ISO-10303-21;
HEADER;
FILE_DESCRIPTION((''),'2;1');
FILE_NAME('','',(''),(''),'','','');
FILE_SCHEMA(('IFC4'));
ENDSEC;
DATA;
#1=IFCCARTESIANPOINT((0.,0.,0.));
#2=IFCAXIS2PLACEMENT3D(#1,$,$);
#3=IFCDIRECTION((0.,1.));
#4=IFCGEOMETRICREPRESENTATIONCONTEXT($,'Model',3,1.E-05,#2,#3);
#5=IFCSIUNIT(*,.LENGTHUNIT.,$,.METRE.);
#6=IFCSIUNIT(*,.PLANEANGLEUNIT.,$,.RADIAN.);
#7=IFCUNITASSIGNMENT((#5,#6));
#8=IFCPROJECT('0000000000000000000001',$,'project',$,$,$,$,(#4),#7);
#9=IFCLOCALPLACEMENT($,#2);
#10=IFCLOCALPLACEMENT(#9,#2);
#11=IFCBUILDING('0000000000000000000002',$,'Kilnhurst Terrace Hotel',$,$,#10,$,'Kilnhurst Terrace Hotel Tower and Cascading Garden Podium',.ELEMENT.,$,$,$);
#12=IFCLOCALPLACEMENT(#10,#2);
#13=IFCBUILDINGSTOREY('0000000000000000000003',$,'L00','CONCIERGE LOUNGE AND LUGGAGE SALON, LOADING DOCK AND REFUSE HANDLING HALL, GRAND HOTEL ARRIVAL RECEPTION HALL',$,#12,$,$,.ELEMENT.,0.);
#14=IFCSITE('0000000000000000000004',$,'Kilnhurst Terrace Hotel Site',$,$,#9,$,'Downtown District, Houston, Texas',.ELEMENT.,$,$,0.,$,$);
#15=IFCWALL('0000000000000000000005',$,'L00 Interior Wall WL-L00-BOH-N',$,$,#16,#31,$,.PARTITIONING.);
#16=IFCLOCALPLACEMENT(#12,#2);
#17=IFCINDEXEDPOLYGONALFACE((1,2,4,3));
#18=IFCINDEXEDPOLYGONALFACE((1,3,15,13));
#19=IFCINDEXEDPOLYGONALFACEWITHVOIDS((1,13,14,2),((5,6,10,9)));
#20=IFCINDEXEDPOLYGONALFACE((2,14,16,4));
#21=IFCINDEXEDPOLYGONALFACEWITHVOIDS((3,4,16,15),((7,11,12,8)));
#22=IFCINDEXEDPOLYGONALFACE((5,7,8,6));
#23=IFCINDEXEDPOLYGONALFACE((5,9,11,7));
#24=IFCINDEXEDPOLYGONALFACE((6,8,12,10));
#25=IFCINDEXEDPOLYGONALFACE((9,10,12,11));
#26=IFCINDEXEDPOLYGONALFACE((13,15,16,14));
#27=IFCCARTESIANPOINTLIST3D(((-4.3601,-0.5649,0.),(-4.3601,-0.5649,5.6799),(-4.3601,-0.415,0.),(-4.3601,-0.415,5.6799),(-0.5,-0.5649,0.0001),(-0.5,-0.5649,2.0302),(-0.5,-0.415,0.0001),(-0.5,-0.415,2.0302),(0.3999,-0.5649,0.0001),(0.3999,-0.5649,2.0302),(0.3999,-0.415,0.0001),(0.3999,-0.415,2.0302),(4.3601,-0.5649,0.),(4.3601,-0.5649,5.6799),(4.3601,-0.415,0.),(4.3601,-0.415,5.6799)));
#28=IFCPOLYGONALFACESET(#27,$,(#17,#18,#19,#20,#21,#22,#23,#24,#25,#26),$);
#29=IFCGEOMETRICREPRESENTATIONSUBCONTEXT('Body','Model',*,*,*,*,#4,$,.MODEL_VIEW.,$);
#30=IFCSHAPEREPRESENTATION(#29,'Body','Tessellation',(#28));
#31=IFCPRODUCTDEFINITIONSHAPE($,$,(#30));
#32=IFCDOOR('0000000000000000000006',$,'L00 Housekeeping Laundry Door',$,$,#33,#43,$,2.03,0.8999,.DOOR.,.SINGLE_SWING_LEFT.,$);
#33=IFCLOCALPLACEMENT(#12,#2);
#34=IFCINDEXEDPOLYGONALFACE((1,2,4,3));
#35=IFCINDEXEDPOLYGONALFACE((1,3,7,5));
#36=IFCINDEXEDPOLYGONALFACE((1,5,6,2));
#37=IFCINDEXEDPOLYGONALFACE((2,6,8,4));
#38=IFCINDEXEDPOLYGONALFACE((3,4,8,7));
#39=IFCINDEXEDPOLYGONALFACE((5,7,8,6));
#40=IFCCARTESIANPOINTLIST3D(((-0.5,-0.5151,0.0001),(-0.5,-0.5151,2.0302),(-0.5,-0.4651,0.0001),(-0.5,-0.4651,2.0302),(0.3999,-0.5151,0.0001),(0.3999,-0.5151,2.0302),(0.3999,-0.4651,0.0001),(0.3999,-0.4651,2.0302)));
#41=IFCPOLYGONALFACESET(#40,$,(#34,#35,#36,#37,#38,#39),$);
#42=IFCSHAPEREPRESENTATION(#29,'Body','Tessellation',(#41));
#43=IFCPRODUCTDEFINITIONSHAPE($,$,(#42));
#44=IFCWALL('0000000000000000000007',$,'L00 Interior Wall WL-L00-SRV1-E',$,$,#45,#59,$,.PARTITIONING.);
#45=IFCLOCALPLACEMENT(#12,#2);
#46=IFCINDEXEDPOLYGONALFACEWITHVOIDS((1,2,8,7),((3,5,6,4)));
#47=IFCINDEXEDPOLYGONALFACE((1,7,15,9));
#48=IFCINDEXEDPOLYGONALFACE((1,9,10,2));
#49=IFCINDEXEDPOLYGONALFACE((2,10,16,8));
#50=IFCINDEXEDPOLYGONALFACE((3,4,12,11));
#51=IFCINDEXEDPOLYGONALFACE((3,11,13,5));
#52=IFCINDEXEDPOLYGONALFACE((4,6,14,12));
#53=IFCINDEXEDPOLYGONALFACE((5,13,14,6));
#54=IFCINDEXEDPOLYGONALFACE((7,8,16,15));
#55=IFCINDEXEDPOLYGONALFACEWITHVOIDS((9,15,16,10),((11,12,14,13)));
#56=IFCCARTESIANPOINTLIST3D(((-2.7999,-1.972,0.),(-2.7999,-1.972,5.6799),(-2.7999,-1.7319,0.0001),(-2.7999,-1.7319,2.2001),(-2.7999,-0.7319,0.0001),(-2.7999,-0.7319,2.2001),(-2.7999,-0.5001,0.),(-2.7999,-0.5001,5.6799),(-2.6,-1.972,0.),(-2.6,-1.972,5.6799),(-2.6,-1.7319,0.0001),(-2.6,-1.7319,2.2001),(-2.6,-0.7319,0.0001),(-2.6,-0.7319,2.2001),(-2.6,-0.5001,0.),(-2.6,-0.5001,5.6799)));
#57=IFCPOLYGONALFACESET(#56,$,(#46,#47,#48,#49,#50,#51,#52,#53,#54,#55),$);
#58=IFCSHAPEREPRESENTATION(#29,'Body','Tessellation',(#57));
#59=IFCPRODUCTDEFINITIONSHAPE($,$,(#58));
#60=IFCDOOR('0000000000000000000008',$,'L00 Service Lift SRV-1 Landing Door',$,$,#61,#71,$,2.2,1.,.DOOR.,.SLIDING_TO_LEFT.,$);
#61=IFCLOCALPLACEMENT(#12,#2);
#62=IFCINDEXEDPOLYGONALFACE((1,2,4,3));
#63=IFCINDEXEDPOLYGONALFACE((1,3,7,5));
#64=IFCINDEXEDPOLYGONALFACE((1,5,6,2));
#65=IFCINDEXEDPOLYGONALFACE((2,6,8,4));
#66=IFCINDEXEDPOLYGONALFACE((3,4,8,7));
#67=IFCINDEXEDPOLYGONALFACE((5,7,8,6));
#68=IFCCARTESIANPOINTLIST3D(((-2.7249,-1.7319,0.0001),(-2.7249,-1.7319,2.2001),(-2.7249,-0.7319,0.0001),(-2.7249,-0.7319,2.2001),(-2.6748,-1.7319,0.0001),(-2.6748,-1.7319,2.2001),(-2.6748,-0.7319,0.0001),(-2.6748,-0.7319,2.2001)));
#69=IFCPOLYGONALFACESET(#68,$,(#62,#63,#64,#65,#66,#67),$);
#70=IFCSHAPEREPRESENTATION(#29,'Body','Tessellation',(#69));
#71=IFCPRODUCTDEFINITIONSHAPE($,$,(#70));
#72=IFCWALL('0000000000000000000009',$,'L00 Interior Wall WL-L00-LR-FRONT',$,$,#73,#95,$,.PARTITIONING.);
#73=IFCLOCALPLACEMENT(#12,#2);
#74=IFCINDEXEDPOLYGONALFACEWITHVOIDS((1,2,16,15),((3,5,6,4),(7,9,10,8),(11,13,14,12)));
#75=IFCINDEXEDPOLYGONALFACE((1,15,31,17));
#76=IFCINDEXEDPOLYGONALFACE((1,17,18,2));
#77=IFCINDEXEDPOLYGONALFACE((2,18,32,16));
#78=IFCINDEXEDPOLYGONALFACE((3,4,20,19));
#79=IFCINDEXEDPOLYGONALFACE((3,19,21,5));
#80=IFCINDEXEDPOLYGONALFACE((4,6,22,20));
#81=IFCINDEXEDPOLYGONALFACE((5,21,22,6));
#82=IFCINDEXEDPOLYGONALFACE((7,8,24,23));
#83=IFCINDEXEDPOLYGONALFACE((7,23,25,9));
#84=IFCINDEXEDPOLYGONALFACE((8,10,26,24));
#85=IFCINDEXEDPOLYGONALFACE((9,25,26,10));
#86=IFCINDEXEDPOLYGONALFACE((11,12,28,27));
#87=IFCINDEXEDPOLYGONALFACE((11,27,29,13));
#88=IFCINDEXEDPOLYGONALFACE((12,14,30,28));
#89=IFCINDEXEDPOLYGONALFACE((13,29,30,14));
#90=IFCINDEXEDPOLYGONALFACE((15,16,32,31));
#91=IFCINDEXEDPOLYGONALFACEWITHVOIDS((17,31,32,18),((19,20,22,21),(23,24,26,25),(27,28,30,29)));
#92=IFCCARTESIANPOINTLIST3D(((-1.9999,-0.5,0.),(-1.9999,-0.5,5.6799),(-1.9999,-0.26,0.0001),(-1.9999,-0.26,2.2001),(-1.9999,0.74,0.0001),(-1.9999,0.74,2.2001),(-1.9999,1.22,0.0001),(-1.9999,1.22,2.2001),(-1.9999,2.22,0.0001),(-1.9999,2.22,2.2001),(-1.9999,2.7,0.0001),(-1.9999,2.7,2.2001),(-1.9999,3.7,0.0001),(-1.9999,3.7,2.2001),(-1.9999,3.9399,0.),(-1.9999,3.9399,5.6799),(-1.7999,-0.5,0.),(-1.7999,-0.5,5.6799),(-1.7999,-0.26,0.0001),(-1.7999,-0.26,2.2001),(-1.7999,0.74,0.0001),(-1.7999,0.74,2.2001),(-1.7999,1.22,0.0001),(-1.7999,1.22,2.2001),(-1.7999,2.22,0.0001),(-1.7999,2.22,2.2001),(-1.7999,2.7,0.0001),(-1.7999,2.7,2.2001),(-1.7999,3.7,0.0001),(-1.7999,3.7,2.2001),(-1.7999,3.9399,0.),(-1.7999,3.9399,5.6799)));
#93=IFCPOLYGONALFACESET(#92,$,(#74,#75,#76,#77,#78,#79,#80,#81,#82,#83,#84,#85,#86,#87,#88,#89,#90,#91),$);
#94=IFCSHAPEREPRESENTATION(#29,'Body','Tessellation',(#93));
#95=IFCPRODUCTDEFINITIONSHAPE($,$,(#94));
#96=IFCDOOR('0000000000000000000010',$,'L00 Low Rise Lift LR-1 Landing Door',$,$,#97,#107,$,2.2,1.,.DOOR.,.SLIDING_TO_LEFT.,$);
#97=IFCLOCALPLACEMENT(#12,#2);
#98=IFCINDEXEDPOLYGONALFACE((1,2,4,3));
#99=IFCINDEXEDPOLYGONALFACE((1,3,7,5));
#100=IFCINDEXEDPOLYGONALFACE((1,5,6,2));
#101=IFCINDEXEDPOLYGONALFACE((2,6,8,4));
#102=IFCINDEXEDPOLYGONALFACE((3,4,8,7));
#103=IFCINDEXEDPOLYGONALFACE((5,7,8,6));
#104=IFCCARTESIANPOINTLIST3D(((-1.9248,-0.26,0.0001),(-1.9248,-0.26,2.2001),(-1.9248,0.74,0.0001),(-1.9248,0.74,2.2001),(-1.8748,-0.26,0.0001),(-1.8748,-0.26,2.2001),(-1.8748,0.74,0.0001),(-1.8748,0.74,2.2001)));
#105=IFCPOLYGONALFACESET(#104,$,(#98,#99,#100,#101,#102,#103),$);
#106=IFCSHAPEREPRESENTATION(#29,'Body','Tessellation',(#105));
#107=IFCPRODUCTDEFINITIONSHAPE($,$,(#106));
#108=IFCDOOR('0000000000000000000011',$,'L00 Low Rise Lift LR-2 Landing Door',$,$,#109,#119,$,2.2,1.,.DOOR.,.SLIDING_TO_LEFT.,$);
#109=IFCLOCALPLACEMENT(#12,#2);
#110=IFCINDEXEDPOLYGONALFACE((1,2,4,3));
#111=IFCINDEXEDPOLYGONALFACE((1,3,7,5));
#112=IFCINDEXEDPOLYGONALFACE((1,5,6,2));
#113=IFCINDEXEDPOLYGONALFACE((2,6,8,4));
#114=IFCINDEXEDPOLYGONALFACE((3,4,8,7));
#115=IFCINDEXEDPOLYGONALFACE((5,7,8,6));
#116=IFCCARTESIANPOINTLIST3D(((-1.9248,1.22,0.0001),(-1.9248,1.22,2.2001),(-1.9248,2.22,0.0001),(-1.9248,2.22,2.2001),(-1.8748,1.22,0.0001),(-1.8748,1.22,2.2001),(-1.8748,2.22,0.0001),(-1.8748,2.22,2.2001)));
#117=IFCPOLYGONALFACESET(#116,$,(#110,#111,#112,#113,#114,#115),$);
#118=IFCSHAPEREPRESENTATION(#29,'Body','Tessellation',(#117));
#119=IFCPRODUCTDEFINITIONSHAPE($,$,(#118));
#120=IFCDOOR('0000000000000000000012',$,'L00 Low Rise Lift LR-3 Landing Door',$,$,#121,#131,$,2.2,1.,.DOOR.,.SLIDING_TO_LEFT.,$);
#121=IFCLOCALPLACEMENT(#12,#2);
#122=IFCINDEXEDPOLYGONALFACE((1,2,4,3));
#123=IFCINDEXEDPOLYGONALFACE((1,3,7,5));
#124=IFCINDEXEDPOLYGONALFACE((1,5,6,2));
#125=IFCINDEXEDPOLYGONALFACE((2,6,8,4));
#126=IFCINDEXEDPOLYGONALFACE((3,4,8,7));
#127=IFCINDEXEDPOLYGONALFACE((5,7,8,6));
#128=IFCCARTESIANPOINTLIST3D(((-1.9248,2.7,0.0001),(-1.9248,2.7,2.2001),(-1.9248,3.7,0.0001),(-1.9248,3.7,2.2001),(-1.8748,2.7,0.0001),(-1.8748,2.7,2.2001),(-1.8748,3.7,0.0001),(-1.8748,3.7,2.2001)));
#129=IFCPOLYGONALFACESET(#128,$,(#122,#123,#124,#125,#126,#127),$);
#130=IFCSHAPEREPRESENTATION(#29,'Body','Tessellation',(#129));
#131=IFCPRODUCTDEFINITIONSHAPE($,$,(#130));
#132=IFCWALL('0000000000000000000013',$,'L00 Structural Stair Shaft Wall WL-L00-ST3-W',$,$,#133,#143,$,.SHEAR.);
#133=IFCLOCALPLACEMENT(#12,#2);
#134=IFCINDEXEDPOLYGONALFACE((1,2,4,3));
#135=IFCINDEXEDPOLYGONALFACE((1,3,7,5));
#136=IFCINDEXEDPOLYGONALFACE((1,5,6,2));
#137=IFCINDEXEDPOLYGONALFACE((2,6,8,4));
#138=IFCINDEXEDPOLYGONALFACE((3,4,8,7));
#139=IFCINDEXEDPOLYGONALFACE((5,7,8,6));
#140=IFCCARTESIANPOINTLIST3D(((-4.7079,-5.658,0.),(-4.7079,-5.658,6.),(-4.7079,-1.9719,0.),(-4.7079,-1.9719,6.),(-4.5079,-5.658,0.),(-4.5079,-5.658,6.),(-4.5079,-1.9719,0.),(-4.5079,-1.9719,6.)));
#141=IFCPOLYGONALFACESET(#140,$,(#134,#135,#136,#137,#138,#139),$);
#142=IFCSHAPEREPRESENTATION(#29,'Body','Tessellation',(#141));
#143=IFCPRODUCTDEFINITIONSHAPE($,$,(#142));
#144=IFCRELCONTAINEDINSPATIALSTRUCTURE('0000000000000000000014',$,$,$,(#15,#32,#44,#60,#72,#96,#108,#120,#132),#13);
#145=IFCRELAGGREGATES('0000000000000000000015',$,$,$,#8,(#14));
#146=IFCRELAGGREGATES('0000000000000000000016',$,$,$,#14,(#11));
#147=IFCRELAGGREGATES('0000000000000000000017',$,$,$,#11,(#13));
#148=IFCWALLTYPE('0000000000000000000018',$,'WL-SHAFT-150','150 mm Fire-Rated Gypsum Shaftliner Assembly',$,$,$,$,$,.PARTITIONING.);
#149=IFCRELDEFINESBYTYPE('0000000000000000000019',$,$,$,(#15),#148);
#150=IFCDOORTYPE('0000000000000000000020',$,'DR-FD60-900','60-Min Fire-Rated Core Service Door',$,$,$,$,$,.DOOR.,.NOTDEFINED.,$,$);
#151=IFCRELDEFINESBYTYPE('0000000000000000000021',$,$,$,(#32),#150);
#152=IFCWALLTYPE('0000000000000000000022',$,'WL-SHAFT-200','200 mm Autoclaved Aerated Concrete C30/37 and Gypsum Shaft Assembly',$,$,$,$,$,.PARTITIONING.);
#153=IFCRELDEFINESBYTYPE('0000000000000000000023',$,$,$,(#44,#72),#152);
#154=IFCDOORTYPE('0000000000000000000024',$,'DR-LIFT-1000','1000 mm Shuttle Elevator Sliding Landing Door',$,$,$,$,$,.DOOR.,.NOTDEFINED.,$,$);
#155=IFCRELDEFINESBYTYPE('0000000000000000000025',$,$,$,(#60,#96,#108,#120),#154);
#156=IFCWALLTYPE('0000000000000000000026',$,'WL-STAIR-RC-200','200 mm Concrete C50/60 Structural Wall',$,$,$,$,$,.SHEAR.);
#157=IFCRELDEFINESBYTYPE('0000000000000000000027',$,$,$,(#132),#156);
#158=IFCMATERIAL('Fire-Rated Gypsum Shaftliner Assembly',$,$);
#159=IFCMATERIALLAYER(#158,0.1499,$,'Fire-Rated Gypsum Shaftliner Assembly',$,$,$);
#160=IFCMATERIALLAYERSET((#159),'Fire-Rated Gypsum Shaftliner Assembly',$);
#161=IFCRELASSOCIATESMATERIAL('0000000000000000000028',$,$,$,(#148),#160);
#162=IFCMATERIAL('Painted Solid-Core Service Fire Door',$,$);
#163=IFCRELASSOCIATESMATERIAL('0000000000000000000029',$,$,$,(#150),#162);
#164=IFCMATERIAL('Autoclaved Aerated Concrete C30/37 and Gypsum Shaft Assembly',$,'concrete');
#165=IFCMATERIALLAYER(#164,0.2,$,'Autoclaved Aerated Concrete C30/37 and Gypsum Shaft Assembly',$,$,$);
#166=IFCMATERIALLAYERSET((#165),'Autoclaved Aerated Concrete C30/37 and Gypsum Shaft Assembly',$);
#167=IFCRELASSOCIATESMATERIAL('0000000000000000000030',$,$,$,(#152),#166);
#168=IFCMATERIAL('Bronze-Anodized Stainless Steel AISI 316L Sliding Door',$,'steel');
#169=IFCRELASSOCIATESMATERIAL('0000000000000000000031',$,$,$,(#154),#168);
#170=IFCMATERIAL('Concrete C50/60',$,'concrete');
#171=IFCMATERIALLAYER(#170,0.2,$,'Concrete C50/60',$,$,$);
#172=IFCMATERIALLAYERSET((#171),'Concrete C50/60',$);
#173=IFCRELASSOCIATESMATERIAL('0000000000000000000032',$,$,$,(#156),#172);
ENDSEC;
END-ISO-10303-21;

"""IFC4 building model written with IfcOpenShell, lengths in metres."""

from ifc_helpers import new_model, si_unit, direction, frame, frame_2d, origin, place, context, subcontext, project, spatial, rectangle, extrude, material, layer, layer_set, type_object, element, fill, save


model = new_model("IFC4")

# Units and contexts
model_context = context("Model", 3, precision=1e-05, world=origin(), true_north=direction((0.0, 1.0)))
body_context = subcontext(model_context, "Body", "Model", "MODEL_VIEW")
ifc_project = project(units=[si_unit("LENGTHUNIT", "METRE"), si_unit("PLANEANGLEUNIT", "RADIAN")], contexts=[model_context])

# Site, building, storey
site_placement = place(None, origin())
site = spatial("IfcSite", under=ifc_project, at=site_placement, Name="Kilnhurst Terrace Hotel Site", LongName="Downtown District, Houston, Texas", CompositionType="ELEMENT", RefElevation=0.0)
building_placement = place(site_placement, origin())
building = spatial("IfcBuilding", under=site, at=building_placement, Name="Kilnhurst Terrace Hotel", LongName="Kilnhurst Terrace Hotel Tower and Cascading Garden Podium", CompositionType="ELEMENT")
storey_placement = place(building_placement, origin())
storey = spatial("IfcBuildingStorey", under=building, at=storey_placement, Name="L00", Description="CONCIERGE LOUNGE AND LUGGAGE SALON, LOADING DOCK AND REFUSE HANDLING HALL, GRAND HOTEL ARRIVAL RECEPTION HALL", CompositionType="ELEMENT", Elevation=0.0)

# Shared definitions
ifc_material_1 = material(Name="Concrete C50/60", Category="concrete")

# Shared definitions
ifc_material_2 = material(Name="Fire-Rated Gypsum Shaftliner Assembly")
ifc_layer_1 = layer(ifc_material_2, 0.1499, Name="Fire-Rated Gypsum Shaftliner Assembly")
ifc_layer_set_1 = layer_set([ifc_layer_1], Name="Fire-Rated Gypsum Shaftliner Assembly")
wall_type_1 = type_object("IfcWallType", Name="WL-SHAFT-150", Description="150 mm Fire-Rated Gypsum Shaftliner Assembly", PredefinedType="PARTITIONING", material=ifc_layer_set_1)

# Walls, openings, doors
wall_1_placement = place(storey_placement, frame((-4.3601, -0.49, 0.0), z_axis=(0.0, 0.0, 1.0), x_axis=(1.0, 0.0, 0.0)))
wall_1 = element("IfcWall", 1, at=wall_1_placement, inside=storey, type_object=wall_type_1, Name="L00 Interior Wall WL-L00-BOH-N", PredefinedType="PARTITIONING", context=body_context, shape_type="SweptSolid", body=[
    extrude(rectangle(XDim=8.7202, YDim=0.1499, at=frame_2d((4.3601, 0.0))), origin(), (0.0, 0.0, 1.0), 5.6799),
])
opening_1_placement = place(wall_1_placement, frame((3.8601, 0.0, 0.0)))
opening_1 = element("IfcOpeningElement", 2, at=opening_1_placement, cuts=wall_1, PredefinedType="OPENING", context=body_context, shape_type="SweptSolid", body=[
    extrude(rectangle(XDim=0.8999, YDim=2.03, at=frame_2d((0.45, 1.0151))), frame((0.0, 0.085, 0.0), z_axis=(0.0, -1.0, 0.0), x_axis=(1.0, 0.0, 0.0)), (0.0, 0.0, 1.0), 0.1699),
])
ifc_material_3 = material(Name="Painted Solid-Core Service Fire Door")
door_type_1 = type_object("IfcDoorType", Name="DR-FD60-900", Description="60-Min Fire-Rated Core Service Door", OperationType="NOTDEFINED", PredefinedType="DOOR", material=ifc_material_3)
door_1_placement = place(opening_1_placement, origin())
door_1 = element("IfcDoor", 3, at=door_1_placement, inside=storey, type_object=door_type_1, Name="L00 Housekeeping Laundry Door", OperationType="SINGLE_SWING_LEFT", OverallHeight=2.03, OverallWidth=0.8999, PredefinedType="DOOR", context=body_context, shape_type="SweptSolid", body=[
    extrude(rectangle(XDim=0.8999, YDim=2.03, at=frame_2d((0.45, 1.0151))), frame((0.0, 0.0249, 0.0), z_axis=(0.0, -1.0, 0.0), x_axis=(1.0, 0.0, 0.0)), (0.0, 0.0, 1.0), 0.05),
])
fill(opening_1, door_1)
ifc_material_4 = material(Name="Autoclaved Aerated Concrete C30/37 and Gypsum Shaft Assembly", Category="concrete")
ifc_layer_2 = layer(ifc_material_4, 0.2, Name="Autoclaved Aerated Concrete C30/37 and Gypsum Shaft Assembly")
ifc_layer_set_2 = layer_set([ifc_layer_2], Name="Autoclaved Aerated Concrete C30/37 and Gypsum Shaft Assembly")
wall_type_2 = type_object("IfcWallType", Name="WL-SHAFT-200", Description="200 mm Autoclaved Aerated Concrete C30/37 and Gypsum Shaft Assembly", PredefinedType="PARTITIONING", material=ifc_layer_set_2)
wall_2_placement = place(storey_placement, frame((-2.7, -1.9719, 0.0), z_axis=(0.0, 0.0, 1.0), x_axis=(0.0, 1.0, 0.0)))
wall_2 = element("IfcWall", 4, at=wall_2_placement, inside=storey, type_object=wall_type_2, Name="L00 Interior Wall WL-L00-SRV1-E", PredefinedType="PARTITIONING", context=body_context, shape_type="SweptSolid", body=[
    extrude(rectangle(XDim=1.4719, YDim=0.2, at=frame_2d((0.7358, 0.0))), origin(), (0.0, 0.0, 1.0), 5.6799),
])
opening_2_placement = place(wall_2_placement, frame((0.24, 0.0, 0.0)))
opening_2 = element("IfcOpeningElement", 5, at=opening_2_placement, cuts=wall_2, PredefinedType="OPENING", context=body_context, shape_type="SweptSolid", body=[
    extrude(rectangle(XDim=1.0, YDim=2.2, at=frame_2d((0.5, 1.1001))), frame((0.0, 0.1099, 0.0), z_axis=(0.0, -1.0, 0.0), x_axis=(1.0, 0.0, 0.0)), (0.0, 0.0, 1.0), 0.22),
])
ifc_material_5 = material(Name="Bronze-Anodized Stainless Steel AISI 316L Sliding Door", Category="steel")
door_type_2 = type_object("IfcDoorType", Name="DR-LIFT-1000", Description="1000 mm Shuttle Elevator Sliding Landing Door", OperationType="NOTDEFINED", PredefinedType="DOOR", material=ifc_material_5)
door_2_placement = place(opening_2_placement, origin())
door_2 = element("IfcDoor", 6, at=door_2_placement, inside=storey, type_object=door_type_2, Name="L00 Service Lift SRV-1 Landing Door", OperationType="SLIDING_TO_LEFT", OverallHeight=2.2, OverallWidth=1.0, PredefinedType="DOOR", context=body_context, shape_type="SweptSolid", body=[
    extrude(rectangle(XDim=1.0, YDim=2.2, at=frame_2d((0.5, 1.1001))), frame((0.0, 0.0249, 0.0), z_axis=(0.0, -1.0, 0.0), x_axis=(1.0, 0.0, 0.0)), (0.0, 0.0, 1.0), 0.05),
])
fill(opening_2, door_2)

# Wall, openings, doors
wall_3_placement = place(storey_placement, frame((-1.8999, -0.5, 0.0), z_axis=(0.0, 0.0, 1.0), x_axis=(0.0, 1.0, 0.0)))
wall_3 = element("IfcWall", 7, at=wall_3_placement, inside=storey, type_object=wall_type_2, Name="L00 Interior Wall WL-L00-LR-FRONT", PredefinedType="PARTITIONING", context=body_context, shape_type="SweptSolid", body=[
    extrude(rectangle(XDim=4.4399, YDim=0.2, at=frame_2d((2.22, 0.0))), origin(), (0.0, 0.0, 1.0), 5.6799),
])
opening_3_placement = place(wall_3_placement, frame((0.24, 0.0, 0.0)))
opening_3 = element("IfcOpeningElement", 8, at=opening_3_placement, cuts=wall_3, PredefinedType="OPENING", context=body_context, shape_type="SweptSolid", body=[
    extrude(rectangle(XDim=1.0, YDim=2.2, at=frame_2d((0.5, 1.1001))), frame((0.0, 0.1099, 0.0), z_axis=(0.0, -1.0, 0.0), x_axis=(1.0, 0.0, 0.0)), (0.0, 0.0, 1.0), 0.22),
])
opening_4_placement = place(wall_3_placement, frame((1.72, 0.0, 0.0)))
opening_4 = element("IfcOpeningElement", 9, at=opening_4_placement, cuts=wall_3, PredefinedType="OPENING", context=body_context, shape_type="SweptSolid", body=[
    extrude(rectangle(XDim=1.0, YDim=2.2, at=frame_2d((0.5, 1.1001))), frame((0.0, 0.1099, 0.0), z_axis=(0.0, -1.0, 0.0), x_axis=(1.0, 0.0, 0.0)), (0.0, 0.0, 1.0), 0.22),
])
opening_5_placement = place(wall_3_placement, frame((3.2, 0.0, 0.0)))
opening_5 = element("IfcOpeningElement", 10, at=opening_5_placement, cuts=wall_3, PredefinedType="OPENING", context=body_context, shape_type="SweptSolid", body=[
    extrude(rectangle(XDim=1.0, YDim=2.2, at=frame_2d((0.5, 1.1001))), frame((0.0, 0.1099, 0.0), z_axis=(0.0, -1.0, 0.0), x_axis=(1.0, 0.0, 0.0)), (0.0, 0.0, 1.0), 0.22),
])
door_3_placement = place(opening_3_placement, origin())
door_3 = element("IfcDoor", 11, at=door_3_placement, inside=storey, type_object=door_type_2, Name="L00 Low Rise Lift LR-1 Landing Door", OperationType="SLIDING_TO_LEFT", OverallHeight=2.2, OverallWidth=1.0, PredefinedType="DOOR", context=body_context, shape_type="SweptSolid", body=[
    extrude(rectangle(XDim=1.0, YDim=2.2, at=frame_2d((0.5, 1.1001))), frame((0.0, 0.0249, 0.0), z_axis=(0.0, -1.0, 0.0), x_axis=(1.0, 0.0, 0.0)), (0.0, 0.0, 1.0), 0.05),
])
fill(opening_3, door_3)
door_4_placement = place(opening_4_placement, origin())
door_4 = element("IfcDoor", 12, at=door_4_placement, inside=storey, type_object=door_type_2, Name="L00 Low Rise Lift LR-2 Landing Door", OperationType="SLIDING_TO_LEFT", OverallHeight=2.2, OverallWidth=1.0, PredefinedType="DOOR", context=body_context, shape_type="SweptSolid", body=[
    extrude(rectangle(XDim=1.0, YDim=2.2, at=frame_2d((0.5, 1.1001))), frame((0.0, 0.0249, 0.0), z_axis=(0.0, -1.0, 0.0), x_axis=(1.0, 0.0, 0.0)), (0.0, 0.0, 1.0), 0.05),
])
fill(opening_4, door_4)
door_5_placement = place(opening_5_placement, origin())
door_5 = element("IfcDoor", 13, at=door_5_placement, inside=storey, type_object=door_type_2, Name="L00 Low Rise Lift LR-3 Landing Door", OperationType="SLIDING_TO_LEFT", OverallHeight=2.2, OverallWidth=1.0, PredefinedType="DOOR", context=body_context, shape_type="SweptSolid", body=[
    extrude(rectangle(XDim=1.0, YDim=2.2, at=frame_2d((0.5, 1.1001))), frame((0.0, 0.0249, 0.0), z_axis=(0.0, -1.0, 0.0), x_axis=(1.0, 0.0, 0.0)), (0.0, 0.0, 1.0), 0.05),
])
fill(opening_5, door_5)

# Wall
ifc_layer_3 = layer(ifc_material_1, 0.2, Name="Concrete C50/60")
ifc_layer_set_3 = layer_set([ifc_layer_3], Name="Concrete C50/60")
wall_type_3 = type_object("IfcWallType", Name="WL-STAIR-RC-200", Description="200 mm Concrete C50/60 Structural Wall", PredefinedType="SHEAR", material=ifc_layer_set_3)
wall_4_placement = place(storey_placement, frame((-4.6079, -5.658, 0.0), z_axis=(0.0, 0.0, 1.0), x_axis=(0.0, 1.0, 0.0)))
element("IfcWall", 14, at=wall_4_placement, inside=storey, type_object=wall_type_3, Name="L00 Structural Stair Shaft Wall WL-L00-ST3-W", PredefinedType="SHEAR", context=body_context, shape_type="SweptSolid", body=[
    extrude(rectangle(XDim=3.686, YDim=0.2, at=frame_2d((1.843, 0.0))), origin(), (0.0, 0.0, 1.0), 6.0),
])

save(model, "model.ifc")
